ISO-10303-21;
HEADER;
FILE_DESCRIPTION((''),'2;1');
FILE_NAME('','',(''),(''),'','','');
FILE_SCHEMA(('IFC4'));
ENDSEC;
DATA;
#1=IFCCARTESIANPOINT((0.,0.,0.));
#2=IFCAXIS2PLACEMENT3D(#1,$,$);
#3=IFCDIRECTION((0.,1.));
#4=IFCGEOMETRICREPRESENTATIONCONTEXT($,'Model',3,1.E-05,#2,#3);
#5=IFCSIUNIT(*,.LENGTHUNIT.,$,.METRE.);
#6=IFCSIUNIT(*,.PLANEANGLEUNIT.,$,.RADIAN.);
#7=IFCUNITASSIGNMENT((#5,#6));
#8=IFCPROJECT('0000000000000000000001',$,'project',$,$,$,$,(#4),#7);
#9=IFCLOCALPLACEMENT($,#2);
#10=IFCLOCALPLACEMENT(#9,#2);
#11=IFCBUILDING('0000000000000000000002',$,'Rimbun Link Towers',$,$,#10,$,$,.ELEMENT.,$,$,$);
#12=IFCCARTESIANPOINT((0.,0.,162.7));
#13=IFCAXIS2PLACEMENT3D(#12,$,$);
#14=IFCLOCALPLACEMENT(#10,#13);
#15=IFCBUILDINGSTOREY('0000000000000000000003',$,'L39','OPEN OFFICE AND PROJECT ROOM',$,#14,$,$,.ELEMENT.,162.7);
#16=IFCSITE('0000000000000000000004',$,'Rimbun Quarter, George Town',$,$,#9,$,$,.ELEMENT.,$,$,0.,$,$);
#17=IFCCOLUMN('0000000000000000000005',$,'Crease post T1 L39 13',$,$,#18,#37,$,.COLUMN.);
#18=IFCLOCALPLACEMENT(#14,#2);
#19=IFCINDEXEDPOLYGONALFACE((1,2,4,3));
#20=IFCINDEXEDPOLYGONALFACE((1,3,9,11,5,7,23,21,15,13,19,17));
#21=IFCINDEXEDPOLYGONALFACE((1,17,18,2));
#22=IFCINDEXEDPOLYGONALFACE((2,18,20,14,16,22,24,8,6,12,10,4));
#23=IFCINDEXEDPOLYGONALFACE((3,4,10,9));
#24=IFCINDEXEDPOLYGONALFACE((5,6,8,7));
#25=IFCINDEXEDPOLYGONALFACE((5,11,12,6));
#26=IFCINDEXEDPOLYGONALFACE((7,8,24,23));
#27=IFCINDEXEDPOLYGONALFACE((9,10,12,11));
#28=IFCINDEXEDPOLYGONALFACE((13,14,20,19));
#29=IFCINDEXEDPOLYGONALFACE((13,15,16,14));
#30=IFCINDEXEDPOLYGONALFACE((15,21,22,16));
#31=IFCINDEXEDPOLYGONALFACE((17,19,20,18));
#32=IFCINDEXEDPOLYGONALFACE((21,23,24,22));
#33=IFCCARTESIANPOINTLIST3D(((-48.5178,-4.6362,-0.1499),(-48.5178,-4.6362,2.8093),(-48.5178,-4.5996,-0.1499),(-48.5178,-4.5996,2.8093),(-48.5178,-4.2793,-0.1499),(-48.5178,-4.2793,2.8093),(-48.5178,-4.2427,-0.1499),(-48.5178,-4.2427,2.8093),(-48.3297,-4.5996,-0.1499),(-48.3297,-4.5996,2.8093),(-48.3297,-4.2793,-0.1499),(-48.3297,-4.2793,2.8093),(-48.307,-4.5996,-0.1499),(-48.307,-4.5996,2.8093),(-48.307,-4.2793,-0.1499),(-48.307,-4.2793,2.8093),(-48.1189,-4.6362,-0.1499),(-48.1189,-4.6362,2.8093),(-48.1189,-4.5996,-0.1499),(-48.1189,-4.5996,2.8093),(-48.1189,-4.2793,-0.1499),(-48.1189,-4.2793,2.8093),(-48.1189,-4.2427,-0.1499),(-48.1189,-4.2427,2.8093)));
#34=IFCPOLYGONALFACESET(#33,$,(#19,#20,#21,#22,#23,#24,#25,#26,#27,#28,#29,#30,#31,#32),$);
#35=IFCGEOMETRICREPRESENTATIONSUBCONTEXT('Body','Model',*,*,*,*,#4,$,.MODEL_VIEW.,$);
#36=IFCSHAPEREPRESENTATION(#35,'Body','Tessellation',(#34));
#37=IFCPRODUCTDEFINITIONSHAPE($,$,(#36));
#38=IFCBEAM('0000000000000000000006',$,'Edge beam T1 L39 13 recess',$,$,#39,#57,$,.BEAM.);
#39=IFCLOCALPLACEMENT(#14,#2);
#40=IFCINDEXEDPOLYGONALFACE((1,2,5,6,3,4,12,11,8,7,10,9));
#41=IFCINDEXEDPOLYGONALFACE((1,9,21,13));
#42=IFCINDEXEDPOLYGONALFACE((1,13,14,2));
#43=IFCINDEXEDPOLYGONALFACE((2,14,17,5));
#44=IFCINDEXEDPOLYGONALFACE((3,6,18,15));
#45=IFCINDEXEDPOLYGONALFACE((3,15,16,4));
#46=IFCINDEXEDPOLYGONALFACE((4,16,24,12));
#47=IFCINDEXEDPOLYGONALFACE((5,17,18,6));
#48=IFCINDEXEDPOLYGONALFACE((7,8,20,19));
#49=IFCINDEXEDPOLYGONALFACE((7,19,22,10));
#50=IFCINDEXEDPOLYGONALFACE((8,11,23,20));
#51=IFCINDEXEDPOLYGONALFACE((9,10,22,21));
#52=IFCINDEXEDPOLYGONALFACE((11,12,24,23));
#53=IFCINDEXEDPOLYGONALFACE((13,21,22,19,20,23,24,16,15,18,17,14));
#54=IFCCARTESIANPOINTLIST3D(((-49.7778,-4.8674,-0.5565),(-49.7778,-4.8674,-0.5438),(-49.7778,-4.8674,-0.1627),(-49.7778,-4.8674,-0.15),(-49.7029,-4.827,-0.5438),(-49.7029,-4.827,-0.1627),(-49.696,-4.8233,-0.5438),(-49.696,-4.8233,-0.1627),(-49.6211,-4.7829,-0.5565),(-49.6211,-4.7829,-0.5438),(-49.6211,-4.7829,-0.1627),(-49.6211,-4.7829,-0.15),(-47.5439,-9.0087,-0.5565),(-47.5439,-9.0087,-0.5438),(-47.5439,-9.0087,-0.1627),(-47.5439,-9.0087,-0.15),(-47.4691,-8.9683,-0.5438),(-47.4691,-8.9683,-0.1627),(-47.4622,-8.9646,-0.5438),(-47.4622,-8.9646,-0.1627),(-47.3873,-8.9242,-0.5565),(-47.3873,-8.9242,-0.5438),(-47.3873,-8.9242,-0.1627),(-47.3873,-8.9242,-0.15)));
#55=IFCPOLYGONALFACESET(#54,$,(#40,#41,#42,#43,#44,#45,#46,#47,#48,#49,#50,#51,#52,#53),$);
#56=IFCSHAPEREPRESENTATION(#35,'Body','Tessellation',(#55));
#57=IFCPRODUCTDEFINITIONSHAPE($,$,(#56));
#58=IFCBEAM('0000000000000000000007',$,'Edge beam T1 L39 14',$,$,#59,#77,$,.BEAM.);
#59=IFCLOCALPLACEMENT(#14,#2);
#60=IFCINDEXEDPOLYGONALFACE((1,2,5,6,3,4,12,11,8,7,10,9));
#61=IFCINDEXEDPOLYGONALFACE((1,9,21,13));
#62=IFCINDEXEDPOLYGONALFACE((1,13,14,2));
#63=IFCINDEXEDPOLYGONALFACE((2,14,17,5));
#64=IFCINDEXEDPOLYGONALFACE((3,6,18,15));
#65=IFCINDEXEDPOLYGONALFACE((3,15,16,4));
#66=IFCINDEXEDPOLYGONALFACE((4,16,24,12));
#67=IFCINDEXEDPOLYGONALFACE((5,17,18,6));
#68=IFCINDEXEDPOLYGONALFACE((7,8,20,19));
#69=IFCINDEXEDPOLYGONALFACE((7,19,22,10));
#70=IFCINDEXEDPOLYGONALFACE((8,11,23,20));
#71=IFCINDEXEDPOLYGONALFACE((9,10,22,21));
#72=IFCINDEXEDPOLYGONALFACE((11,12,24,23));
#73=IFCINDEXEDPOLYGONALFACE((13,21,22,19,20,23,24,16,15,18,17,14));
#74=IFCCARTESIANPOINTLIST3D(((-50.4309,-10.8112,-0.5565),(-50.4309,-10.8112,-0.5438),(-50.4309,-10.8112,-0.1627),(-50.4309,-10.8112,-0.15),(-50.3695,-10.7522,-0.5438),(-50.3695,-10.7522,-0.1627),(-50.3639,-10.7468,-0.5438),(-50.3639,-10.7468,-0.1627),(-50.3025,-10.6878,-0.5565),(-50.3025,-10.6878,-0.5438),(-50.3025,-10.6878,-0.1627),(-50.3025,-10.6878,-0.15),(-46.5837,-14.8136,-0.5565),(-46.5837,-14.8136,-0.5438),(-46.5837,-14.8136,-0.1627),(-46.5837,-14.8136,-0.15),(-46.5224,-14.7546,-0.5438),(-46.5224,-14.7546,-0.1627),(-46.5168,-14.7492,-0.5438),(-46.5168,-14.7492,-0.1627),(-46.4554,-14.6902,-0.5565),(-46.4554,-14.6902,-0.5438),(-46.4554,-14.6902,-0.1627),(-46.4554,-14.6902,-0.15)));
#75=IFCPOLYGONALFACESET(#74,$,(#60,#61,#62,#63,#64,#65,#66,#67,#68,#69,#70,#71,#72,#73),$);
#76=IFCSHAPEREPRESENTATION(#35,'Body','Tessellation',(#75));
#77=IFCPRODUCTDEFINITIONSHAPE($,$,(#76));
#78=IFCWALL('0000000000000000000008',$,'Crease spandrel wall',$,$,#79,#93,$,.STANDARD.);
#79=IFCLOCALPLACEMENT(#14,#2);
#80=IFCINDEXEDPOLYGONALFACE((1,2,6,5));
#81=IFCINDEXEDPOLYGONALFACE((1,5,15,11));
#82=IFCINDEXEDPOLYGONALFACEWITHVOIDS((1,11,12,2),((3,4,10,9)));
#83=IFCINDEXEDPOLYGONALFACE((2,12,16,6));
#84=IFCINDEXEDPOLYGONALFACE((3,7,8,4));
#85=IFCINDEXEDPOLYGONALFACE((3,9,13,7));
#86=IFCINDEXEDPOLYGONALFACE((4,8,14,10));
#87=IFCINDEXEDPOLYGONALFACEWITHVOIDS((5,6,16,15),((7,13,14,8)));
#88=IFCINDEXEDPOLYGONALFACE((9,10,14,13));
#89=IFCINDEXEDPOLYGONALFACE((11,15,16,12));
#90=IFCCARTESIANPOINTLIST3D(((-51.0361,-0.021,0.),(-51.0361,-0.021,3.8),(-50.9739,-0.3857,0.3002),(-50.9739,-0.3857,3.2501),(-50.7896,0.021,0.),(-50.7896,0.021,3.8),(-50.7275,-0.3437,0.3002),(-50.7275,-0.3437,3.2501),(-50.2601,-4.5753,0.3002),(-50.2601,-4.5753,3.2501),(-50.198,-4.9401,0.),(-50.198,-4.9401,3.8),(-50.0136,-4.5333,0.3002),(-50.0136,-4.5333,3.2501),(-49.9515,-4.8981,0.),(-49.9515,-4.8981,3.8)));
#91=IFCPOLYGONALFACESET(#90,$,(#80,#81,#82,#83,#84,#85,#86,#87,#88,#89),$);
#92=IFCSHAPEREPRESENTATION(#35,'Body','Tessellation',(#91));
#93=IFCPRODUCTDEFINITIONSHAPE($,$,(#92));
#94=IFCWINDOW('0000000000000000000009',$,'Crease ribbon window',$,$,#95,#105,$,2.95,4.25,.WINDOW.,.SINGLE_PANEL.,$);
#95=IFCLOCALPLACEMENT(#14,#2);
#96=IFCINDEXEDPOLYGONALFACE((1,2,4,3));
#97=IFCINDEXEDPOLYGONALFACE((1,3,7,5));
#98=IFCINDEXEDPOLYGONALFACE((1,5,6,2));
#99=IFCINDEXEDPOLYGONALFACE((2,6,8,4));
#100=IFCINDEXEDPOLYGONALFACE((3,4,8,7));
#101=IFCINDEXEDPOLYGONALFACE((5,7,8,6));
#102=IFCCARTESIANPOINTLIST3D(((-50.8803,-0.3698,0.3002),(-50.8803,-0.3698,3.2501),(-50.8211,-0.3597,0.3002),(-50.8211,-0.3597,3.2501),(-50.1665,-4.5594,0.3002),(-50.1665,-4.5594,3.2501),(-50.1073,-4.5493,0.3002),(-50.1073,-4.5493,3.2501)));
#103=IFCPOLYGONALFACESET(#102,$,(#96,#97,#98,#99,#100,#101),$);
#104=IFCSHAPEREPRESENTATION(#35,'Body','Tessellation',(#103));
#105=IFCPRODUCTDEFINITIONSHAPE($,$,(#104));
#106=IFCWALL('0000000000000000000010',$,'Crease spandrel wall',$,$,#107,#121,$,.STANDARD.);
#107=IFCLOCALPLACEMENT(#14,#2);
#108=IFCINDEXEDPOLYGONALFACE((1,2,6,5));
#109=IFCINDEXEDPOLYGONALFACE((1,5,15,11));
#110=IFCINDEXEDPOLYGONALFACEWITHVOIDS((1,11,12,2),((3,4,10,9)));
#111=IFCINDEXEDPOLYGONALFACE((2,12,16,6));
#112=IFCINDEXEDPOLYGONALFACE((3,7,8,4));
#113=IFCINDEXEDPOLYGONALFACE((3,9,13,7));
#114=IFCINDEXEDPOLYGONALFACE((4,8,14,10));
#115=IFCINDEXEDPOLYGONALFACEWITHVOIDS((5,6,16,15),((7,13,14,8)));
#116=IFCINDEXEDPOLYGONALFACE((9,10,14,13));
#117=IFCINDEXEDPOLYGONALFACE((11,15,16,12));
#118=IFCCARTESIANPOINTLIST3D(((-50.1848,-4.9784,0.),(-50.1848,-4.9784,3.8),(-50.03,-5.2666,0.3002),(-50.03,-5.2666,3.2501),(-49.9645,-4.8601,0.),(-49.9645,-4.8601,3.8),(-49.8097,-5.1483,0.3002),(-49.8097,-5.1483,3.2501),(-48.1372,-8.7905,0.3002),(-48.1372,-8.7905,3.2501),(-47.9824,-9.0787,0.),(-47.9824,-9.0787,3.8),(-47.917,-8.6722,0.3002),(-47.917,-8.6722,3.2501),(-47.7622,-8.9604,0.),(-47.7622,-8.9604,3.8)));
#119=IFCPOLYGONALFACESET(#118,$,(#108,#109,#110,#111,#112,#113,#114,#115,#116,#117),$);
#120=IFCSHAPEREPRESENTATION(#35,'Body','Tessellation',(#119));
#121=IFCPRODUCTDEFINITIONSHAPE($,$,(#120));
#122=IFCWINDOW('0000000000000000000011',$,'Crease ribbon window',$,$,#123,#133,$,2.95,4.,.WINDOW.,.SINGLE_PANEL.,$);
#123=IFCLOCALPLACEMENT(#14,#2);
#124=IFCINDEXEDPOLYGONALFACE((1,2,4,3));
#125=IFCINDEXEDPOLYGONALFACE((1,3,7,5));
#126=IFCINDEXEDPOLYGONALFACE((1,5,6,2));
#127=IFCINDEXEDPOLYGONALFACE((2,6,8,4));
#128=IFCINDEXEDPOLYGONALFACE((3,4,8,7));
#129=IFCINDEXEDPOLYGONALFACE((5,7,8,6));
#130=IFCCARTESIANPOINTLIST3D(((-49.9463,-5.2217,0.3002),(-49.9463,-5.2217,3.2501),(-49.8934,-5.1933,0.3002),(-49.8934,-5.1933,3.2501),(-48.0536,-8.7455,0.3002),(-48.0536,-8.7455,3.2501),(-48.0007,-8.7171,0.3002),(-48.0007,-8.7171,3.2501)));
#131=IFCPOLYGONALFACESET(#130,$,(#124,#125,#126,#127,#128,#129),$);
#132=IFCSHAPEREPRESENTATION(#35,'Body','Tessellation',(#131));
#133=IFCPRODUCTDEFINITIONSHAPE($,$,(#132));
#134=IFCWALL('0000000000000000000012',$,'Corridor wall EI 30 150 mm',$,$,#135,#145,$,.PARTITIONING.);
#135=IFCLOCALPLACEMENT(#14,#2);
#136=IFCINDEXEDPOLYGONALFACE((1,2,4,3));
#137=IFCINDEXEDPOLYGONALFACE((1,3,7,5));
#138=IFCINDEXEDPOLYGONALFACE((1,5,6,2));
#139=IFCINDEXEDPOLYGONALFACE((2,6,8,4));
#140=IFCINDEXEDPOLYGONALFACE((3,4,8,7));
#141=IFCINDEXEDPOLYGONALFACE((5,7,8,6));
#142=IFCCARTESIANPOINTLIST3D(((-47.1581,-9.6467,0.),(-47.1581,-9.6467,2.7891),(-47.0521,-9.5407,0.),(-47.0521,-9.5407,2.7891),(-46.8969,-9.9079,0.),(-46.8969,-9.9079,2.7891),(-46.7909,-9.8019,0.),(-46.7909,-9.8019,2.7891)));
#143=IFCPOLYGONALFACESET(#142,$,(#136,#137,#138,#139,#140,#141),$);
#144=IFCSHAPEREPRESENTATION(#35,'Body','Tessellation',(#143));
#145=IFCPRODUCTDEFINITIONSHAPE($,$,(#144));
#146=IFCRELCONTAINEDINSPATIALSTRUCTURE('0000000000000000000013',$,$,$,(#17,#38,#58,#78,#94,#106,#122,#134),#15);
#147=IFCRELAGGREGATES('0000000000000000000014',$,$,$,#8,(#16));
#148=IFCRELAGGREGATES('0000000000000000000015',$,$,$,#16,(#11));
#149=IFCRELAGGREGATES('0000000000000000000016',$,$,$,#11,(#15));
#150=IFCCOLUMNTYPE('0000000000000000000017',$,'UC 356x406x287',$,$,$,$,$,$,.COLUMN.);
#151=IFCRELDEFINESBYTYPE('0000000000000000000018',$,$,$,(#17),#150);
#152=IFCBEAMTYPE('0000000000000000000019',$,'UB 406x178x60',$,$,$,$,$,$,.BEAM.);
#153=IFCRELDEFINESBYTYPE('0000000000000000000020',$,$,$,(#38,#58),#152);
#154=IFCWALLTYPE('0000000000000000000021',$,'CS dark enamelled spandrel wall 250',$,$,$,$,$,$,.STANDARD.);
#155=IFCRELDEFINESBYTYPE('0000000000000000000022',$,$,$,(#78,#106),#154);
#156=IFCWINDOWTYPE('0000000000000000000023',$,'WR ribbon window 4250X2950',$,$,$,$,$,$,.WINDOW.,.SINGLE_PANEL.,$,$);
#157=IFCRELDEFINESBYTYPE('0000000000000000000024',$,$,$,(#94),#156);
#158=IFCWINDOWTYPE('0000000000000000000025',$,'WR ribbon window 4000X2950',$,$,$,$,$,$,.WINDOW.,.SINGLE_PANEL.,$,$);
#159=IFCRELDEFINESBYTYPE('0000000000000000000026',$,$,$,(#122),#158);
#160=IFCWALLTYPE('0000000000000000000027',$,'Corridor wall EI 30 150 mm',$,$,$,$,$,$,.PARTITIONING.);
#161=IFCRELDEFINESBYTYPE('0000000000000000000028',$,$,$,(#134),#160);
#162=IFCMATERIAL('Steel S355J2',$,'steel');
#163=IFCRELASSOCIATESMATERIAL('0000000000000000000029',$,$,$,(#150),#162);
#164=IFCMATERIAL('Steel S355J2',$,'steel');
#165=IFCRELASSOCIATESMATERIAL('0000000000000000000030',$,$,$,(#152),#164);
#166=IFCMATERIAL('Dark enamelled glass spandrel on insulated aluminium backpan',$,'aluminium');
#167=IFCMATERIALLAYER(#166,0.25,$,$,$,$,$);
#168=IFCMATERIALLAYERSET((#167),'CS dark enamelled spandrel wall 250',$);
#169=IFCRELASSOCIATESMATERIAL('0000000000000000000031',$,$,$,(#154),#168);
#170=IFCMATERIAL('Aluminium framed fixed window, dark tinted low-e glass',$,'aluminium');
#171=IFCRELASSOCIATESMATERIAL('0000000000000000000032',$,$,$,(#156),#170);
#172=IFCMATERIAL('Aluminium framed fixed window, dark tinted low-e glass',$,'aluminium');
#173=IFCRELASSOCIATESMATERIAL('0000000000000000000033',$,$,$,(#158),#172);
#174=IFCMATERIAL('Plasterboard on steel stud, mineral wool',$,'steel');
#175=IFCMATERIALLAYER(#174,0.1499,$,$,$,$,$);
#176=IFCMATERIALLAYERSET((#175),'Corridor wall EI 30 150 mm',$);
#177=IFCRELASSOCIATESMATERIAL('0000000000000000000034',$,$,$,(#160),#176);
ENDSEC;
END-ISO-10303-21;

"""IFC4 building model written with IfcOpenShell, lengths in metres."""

from ifc_helpers import new_model, si_unit, direction, frame, frame_2d, origin, origin_2d, place, context, subcontext, project, spatial, rectangle, i_section, extrude, material, layer, layer_set, material_profile, profile_set, type_object, element, fill, save


model = new_model("IFC4")

# Units and contexts
model_context = context("Model", 3, precision=1e-05, world=origin(), true_north=direction((0.0, 1.0)))
body_context = subcontext(model_context, "Body", "Model", "MODEL_VIEW")
ifc_project = project(units=[si_unit("LENGTHUNIT", "METRE"), si_unit("PLANEANGLEUNIT", "RADIAN")], contexts=[model_context])

# Site, building, storey
site_placement = place(None, origin())
site = spatial("IfcSite", under=ifc_project, at=site_placement, Name="Rimbun Quarter, George Town", CompositionType="ELEMENT", RefElevation=0.0)
building_placement = place(site_placement, origin())
building = spatial("IfcBuilding", under=site, at=building_placement, Name="Rimbun Link Towers", CompositionType="ELEMENT")
storey_placement = place(building_placement, frame((0.0, 0.0, 162.7)))
storey = spatial("IfcBuildingStorey", under=building, at=storey_placement, Name="L39", Description="OPEN OFFICE AND PROJECT ROOM", CompositionType="ELEMENT", Elevation=162.7)

# Column
ifc_material_1 = material(Name="Steel S355J2", Category="steel")
ifc_material_profile_1 = material_profile(ifc_material_1, i_section(OverallWidth=0.3989, OverallDepth=0.3936, WebThickness=0.0227, FlangeThickness=0.0366, at=origin_2d()), Name="UC 356x406x287")
ifc_profile_set_1 = profile_set([ifc_material_profile_1], Name="Steel S355J2")
column_type = type_object("IfcColumnType", Name="UC 356x406x287", PredefinedType="COLUMN", material=ifc_profile_set_1)
column_placement = place(storey_placement, frame((-48.3184, -4.4395, -0.1499), z_axis=(0.0, 0.0, 1.0), x_axis=(1.0, 0.0, 0.0)))
element("IfcColumn", 1, at=column_placement, inside=storey, type_object=column_type, Name="Crease post T1 L39 13", PredefinedType="COLUMN", context=body_context, shape_type="SweptSolid", body=[
    extrude(i_section(OverallWidth=0.3989, OverallDepth=0.3936, WebThickness=0.0227, FlangeThickness=0.0366, at=origin_2d()), origin(), (0.0, 0.0, 1.0), 2.9592),
])

# Beams
ifc_material_2 = material(Name="Steel S355J2", Category="steel")
ifc_material_profile_2 = material_profile(ifc_material_2, i_section(OverallWidth=0.178, OverallDepth=0.4065, WebThickness=0.0078, FlangeThickness=0.0127, at=origin_2d()), Name="UB 406x178x60")
ifc_profile_set_2 = profile_set([ifc_material_profile_2], Name="Steel S355J2")
beam_type = type_object("IfcBeamType", Name="UB 406x178x60", PredefinedType="BEAM", material=ifc_profile_set_2)
beam_1_placement = place(storey_placement, frame((-49.6995, -4.8252, -0.3533), z_axis=(0.474746, -0.880123, 0.0), x_axis=(0.880123, 0.474746, 0.0)))
element("IfcBeam", 2, at=beam_1_placement, inside=storey, type_object=beam_type, Name="Edge beam T1 L39 13 recess", PredefinedType="BEAM", context=body_context, shape_type="SweptSolid", body=[
    extrude(i_section(OverallWidth=0.178, OverallDepth=0.4065, WebThickness=0.0078, FlangeThickness=0.0127, at=origin_2d()), origin(), (0.0, 0.0, 1.0), 4.7053),
])
beam_2_placement = place(storey_placement, frame((-50.3667, -10.7495, -0.3533), z_axis=(0.692984, -0.720953, 0.0), x_axis=(0.720953, 0.692984, 0.0)))
element("IfcBeam", 3, at=beam_2_placement, inside=storey, type_object=beam_type, Name="Edge beam T1 L39 14", PredefinedType="BEAM", context=body_context, shape_type="SweptSolid", body=[
    extrude(i_section(OverallWidth=0.178, OverallDepth=0.4065, WebThickness=0.0078, FlangeThickness=0.0127, at=origin_2d()), origin(), (0.0, 0.0, 1.0), 5.5515),
])

# Walls, openings, windows
ifc_material_3 = material(Name="Dark enamelled glass spandrel on insulated aluminium backpan", Category="aluminium")
ifc_layer_1 = layer(ifc_material_3, 0.25)
ifc_layer_set_1 = layer_set([ifc_layer_1], Name="CS dark enamelled spandrel wall 250")
wall_type_1 = type_object("IfcWallType", Name="CS dark enamelled spandrel wall 250", PredefinedType="STANDARD", material=ifc_layer_set_1)
wall_1_placement = place(storey_placement, frame((-50.0747, -4.9192, 0.0), z_axis=(0.0, 0.0, 1.0), x_axis=(-0.16796, 0.985794, 0.0)))
wall_1 = element("IfcWall", 4, at=wall_1_placement, inside=storey, type_object=wall_type_1, Name="Crease spandrel wall", PredefinedType="STANDARD", context=body_context, shape_type="SweptSolid", body=[
    extrude(rectangle(XDim=4.99, YDim=0.25, at=frame_2d((2.4951, 0.0))), origin(), (0.0, 0.0, 1.0), 3.8),
])
opening_1_placement = place(wall_1_placement, frame((0.3701, 0.0, 0.3)))
opening_1 = element("IfcOpeningElement", 5, at=opening_1_placement, cuts=wall_1, PredefinedType="OPENING", context=body_context, shape_type="SweptSolid", body=[
    extrude(rectangle(XDim=4.25, YDim=2.95, at=frame_2d((2.125, 1.4751))), frame((0.0, 0.135, 0.0), z_axis=(0.0, -1.0, 0.0), x_axis=(1.0, 0.0, 0.0)), (0.0, 0.0, 1.0), 0.27),
])
ifc_material_4 = material(Name="Aluminium framed fixed window, dark tinted low-e glass", Category="aluminium")
window_type_1 = type_object("IfcWindowType", Name="WR ribbon window 4250X2950", PartitioningType="SINGLE_PANEL", PredefinedType="WINDOW", material=ifc_material_4)
window_1_placement = place(opening_1_placement, origin())
window_1 = element("IfcWindow", 6, at=window_1_placement, inside=storey, type_object=window_type_1, Name="Crease ribbon window", OverallHeight=2.95, OverallWidth=4.25, PartitioningType="SINGLE_PANEL", PredefinedType="WINDOW", context=body_context, shape_type="SweptSolid", body=[
    extrude(rectangle(XDim=4.25, YDim=2.95, at=frame_2d((2.125, 1.4751))), frame((0.0, 0.03, 0.0), z_axis=(0.0, -1.0, 0.0), x_axis=(1.0, 0.0, 0.0)), (0.0, 0.0, 1.0), 0.0601),
])
fill(opening_1, window_1)
wall_2_placement = place(storey_placement, frame((-47.8723, -9.0195, 0.0), z_axis=(0.0, 0.0, 1.0), x_axis=(-0.473186, 0.880962, 0.0)))
wall_2 = element("IfcWall", 7, at=wall_2_placement, inside=storey, type_object=wall_type_1, Name="Crease spandrel wall", PredefinedType="STANDARD", context=body_context, shape_type="SweptSolid", body=[
    extrude(rectangle(XDim=4.6543, YDim=0.25, at=frame_2d((2.3271, 0.0))), origin(), (0.0, 0.0, 1.0), 3.8),
])
opening_2_placement = place(wall_2_placement, frame((0.3271, 0.0, 0.3)))
opening_2 = element("IfcOpeningElement", 8, at=opening_2_placement, cuts=wall_2, PredefinedType="OPENING", context=body_context, shape_type="SweptSolid", body=[
    extrude(rectangle(XDim=4.0, YDim=2.95, at=frame_2d((2.0, 1.4751))), frame((0.0, 0.135, 0.0), z_axis=(0.0, -1.0, 0.0), x_axis=(1.0, 0.0, 0.0)), (0.0, 0.0, 1.0), 0.27),
])
ifc_material_5 = material(Name="Aluminium framed fixed window, dark tinted low-e glass", Category="aluminium")
window_type_2 = type_object("IfcWindowType", Name="WR ribbon window 4000X2950", PartitioningType="SINGLE_PANEL", PredefinedType="WINDOW", material=ifc_material_5)
window_2_placement = place(opening_2_placement, origin())
window_2 = element("IfcWindow", 9, at=window_2_placement, inside=storey, type_object=window_type_2, Name="Crease ribbon window", OverallHeight=2.95, OverallWidth=4.0, PartitioningType="SINGLE_PANEL", PredefinedType="WINDOW", context=body_context, shape_type="SweptSolid", body=[
    extrude(rectangle(XDim=4.0, YDim=2.95, at=frame_2d((2.0, 1.4751))), frame((0.0, 0.03, 0.0), z_axis=(0.0, -1.0, 0.0), x_axis=(1.0, 0.0, 0.0)), (0.0, 0.0, 1.0), 0.0601),
])
fill(opening_2, window_2)

# Wall
ifc_material_6 = material(Name="Plasterboard on steel stud, mineral wool", Category="steel")
ifc_layer_2 = layer(ifc_material_6, 0.1499)
ifc_layer_set_2 = layer_set([ifc_layer_2], Name="Corridor wall EI 30 150 mm")
wall_type_2 = type_object("IfcWallType", Name="Corridor wall EI 30 150 mm", PredefinedType="PARTITIONING", material=ifc_layer_set_2)
wall_3_placement = place(storey_placement, frame((-47.105, -9.5938, 0.0), z_axis=(0.0, 0.0, 1.0), x_axis=(0.707107, -0.707107, 0.0)))
element("IfcWall", 10, at=wall_3_placement, inside=storey, type_object=wall_type_2, Name="Corridor wall EI 30 150 mm", PredefinedType="PARTITIONING", context=body_context, shape_type="SweptSolid", body=[
    extrude(rectangle(XDim=0.3694, YDim=0.1499, at=frame_2d((0.1846, 0.0))), origin(), (0.0, 0.0, 1.0), 2.7891),
])

save(model, "model.ifc")
